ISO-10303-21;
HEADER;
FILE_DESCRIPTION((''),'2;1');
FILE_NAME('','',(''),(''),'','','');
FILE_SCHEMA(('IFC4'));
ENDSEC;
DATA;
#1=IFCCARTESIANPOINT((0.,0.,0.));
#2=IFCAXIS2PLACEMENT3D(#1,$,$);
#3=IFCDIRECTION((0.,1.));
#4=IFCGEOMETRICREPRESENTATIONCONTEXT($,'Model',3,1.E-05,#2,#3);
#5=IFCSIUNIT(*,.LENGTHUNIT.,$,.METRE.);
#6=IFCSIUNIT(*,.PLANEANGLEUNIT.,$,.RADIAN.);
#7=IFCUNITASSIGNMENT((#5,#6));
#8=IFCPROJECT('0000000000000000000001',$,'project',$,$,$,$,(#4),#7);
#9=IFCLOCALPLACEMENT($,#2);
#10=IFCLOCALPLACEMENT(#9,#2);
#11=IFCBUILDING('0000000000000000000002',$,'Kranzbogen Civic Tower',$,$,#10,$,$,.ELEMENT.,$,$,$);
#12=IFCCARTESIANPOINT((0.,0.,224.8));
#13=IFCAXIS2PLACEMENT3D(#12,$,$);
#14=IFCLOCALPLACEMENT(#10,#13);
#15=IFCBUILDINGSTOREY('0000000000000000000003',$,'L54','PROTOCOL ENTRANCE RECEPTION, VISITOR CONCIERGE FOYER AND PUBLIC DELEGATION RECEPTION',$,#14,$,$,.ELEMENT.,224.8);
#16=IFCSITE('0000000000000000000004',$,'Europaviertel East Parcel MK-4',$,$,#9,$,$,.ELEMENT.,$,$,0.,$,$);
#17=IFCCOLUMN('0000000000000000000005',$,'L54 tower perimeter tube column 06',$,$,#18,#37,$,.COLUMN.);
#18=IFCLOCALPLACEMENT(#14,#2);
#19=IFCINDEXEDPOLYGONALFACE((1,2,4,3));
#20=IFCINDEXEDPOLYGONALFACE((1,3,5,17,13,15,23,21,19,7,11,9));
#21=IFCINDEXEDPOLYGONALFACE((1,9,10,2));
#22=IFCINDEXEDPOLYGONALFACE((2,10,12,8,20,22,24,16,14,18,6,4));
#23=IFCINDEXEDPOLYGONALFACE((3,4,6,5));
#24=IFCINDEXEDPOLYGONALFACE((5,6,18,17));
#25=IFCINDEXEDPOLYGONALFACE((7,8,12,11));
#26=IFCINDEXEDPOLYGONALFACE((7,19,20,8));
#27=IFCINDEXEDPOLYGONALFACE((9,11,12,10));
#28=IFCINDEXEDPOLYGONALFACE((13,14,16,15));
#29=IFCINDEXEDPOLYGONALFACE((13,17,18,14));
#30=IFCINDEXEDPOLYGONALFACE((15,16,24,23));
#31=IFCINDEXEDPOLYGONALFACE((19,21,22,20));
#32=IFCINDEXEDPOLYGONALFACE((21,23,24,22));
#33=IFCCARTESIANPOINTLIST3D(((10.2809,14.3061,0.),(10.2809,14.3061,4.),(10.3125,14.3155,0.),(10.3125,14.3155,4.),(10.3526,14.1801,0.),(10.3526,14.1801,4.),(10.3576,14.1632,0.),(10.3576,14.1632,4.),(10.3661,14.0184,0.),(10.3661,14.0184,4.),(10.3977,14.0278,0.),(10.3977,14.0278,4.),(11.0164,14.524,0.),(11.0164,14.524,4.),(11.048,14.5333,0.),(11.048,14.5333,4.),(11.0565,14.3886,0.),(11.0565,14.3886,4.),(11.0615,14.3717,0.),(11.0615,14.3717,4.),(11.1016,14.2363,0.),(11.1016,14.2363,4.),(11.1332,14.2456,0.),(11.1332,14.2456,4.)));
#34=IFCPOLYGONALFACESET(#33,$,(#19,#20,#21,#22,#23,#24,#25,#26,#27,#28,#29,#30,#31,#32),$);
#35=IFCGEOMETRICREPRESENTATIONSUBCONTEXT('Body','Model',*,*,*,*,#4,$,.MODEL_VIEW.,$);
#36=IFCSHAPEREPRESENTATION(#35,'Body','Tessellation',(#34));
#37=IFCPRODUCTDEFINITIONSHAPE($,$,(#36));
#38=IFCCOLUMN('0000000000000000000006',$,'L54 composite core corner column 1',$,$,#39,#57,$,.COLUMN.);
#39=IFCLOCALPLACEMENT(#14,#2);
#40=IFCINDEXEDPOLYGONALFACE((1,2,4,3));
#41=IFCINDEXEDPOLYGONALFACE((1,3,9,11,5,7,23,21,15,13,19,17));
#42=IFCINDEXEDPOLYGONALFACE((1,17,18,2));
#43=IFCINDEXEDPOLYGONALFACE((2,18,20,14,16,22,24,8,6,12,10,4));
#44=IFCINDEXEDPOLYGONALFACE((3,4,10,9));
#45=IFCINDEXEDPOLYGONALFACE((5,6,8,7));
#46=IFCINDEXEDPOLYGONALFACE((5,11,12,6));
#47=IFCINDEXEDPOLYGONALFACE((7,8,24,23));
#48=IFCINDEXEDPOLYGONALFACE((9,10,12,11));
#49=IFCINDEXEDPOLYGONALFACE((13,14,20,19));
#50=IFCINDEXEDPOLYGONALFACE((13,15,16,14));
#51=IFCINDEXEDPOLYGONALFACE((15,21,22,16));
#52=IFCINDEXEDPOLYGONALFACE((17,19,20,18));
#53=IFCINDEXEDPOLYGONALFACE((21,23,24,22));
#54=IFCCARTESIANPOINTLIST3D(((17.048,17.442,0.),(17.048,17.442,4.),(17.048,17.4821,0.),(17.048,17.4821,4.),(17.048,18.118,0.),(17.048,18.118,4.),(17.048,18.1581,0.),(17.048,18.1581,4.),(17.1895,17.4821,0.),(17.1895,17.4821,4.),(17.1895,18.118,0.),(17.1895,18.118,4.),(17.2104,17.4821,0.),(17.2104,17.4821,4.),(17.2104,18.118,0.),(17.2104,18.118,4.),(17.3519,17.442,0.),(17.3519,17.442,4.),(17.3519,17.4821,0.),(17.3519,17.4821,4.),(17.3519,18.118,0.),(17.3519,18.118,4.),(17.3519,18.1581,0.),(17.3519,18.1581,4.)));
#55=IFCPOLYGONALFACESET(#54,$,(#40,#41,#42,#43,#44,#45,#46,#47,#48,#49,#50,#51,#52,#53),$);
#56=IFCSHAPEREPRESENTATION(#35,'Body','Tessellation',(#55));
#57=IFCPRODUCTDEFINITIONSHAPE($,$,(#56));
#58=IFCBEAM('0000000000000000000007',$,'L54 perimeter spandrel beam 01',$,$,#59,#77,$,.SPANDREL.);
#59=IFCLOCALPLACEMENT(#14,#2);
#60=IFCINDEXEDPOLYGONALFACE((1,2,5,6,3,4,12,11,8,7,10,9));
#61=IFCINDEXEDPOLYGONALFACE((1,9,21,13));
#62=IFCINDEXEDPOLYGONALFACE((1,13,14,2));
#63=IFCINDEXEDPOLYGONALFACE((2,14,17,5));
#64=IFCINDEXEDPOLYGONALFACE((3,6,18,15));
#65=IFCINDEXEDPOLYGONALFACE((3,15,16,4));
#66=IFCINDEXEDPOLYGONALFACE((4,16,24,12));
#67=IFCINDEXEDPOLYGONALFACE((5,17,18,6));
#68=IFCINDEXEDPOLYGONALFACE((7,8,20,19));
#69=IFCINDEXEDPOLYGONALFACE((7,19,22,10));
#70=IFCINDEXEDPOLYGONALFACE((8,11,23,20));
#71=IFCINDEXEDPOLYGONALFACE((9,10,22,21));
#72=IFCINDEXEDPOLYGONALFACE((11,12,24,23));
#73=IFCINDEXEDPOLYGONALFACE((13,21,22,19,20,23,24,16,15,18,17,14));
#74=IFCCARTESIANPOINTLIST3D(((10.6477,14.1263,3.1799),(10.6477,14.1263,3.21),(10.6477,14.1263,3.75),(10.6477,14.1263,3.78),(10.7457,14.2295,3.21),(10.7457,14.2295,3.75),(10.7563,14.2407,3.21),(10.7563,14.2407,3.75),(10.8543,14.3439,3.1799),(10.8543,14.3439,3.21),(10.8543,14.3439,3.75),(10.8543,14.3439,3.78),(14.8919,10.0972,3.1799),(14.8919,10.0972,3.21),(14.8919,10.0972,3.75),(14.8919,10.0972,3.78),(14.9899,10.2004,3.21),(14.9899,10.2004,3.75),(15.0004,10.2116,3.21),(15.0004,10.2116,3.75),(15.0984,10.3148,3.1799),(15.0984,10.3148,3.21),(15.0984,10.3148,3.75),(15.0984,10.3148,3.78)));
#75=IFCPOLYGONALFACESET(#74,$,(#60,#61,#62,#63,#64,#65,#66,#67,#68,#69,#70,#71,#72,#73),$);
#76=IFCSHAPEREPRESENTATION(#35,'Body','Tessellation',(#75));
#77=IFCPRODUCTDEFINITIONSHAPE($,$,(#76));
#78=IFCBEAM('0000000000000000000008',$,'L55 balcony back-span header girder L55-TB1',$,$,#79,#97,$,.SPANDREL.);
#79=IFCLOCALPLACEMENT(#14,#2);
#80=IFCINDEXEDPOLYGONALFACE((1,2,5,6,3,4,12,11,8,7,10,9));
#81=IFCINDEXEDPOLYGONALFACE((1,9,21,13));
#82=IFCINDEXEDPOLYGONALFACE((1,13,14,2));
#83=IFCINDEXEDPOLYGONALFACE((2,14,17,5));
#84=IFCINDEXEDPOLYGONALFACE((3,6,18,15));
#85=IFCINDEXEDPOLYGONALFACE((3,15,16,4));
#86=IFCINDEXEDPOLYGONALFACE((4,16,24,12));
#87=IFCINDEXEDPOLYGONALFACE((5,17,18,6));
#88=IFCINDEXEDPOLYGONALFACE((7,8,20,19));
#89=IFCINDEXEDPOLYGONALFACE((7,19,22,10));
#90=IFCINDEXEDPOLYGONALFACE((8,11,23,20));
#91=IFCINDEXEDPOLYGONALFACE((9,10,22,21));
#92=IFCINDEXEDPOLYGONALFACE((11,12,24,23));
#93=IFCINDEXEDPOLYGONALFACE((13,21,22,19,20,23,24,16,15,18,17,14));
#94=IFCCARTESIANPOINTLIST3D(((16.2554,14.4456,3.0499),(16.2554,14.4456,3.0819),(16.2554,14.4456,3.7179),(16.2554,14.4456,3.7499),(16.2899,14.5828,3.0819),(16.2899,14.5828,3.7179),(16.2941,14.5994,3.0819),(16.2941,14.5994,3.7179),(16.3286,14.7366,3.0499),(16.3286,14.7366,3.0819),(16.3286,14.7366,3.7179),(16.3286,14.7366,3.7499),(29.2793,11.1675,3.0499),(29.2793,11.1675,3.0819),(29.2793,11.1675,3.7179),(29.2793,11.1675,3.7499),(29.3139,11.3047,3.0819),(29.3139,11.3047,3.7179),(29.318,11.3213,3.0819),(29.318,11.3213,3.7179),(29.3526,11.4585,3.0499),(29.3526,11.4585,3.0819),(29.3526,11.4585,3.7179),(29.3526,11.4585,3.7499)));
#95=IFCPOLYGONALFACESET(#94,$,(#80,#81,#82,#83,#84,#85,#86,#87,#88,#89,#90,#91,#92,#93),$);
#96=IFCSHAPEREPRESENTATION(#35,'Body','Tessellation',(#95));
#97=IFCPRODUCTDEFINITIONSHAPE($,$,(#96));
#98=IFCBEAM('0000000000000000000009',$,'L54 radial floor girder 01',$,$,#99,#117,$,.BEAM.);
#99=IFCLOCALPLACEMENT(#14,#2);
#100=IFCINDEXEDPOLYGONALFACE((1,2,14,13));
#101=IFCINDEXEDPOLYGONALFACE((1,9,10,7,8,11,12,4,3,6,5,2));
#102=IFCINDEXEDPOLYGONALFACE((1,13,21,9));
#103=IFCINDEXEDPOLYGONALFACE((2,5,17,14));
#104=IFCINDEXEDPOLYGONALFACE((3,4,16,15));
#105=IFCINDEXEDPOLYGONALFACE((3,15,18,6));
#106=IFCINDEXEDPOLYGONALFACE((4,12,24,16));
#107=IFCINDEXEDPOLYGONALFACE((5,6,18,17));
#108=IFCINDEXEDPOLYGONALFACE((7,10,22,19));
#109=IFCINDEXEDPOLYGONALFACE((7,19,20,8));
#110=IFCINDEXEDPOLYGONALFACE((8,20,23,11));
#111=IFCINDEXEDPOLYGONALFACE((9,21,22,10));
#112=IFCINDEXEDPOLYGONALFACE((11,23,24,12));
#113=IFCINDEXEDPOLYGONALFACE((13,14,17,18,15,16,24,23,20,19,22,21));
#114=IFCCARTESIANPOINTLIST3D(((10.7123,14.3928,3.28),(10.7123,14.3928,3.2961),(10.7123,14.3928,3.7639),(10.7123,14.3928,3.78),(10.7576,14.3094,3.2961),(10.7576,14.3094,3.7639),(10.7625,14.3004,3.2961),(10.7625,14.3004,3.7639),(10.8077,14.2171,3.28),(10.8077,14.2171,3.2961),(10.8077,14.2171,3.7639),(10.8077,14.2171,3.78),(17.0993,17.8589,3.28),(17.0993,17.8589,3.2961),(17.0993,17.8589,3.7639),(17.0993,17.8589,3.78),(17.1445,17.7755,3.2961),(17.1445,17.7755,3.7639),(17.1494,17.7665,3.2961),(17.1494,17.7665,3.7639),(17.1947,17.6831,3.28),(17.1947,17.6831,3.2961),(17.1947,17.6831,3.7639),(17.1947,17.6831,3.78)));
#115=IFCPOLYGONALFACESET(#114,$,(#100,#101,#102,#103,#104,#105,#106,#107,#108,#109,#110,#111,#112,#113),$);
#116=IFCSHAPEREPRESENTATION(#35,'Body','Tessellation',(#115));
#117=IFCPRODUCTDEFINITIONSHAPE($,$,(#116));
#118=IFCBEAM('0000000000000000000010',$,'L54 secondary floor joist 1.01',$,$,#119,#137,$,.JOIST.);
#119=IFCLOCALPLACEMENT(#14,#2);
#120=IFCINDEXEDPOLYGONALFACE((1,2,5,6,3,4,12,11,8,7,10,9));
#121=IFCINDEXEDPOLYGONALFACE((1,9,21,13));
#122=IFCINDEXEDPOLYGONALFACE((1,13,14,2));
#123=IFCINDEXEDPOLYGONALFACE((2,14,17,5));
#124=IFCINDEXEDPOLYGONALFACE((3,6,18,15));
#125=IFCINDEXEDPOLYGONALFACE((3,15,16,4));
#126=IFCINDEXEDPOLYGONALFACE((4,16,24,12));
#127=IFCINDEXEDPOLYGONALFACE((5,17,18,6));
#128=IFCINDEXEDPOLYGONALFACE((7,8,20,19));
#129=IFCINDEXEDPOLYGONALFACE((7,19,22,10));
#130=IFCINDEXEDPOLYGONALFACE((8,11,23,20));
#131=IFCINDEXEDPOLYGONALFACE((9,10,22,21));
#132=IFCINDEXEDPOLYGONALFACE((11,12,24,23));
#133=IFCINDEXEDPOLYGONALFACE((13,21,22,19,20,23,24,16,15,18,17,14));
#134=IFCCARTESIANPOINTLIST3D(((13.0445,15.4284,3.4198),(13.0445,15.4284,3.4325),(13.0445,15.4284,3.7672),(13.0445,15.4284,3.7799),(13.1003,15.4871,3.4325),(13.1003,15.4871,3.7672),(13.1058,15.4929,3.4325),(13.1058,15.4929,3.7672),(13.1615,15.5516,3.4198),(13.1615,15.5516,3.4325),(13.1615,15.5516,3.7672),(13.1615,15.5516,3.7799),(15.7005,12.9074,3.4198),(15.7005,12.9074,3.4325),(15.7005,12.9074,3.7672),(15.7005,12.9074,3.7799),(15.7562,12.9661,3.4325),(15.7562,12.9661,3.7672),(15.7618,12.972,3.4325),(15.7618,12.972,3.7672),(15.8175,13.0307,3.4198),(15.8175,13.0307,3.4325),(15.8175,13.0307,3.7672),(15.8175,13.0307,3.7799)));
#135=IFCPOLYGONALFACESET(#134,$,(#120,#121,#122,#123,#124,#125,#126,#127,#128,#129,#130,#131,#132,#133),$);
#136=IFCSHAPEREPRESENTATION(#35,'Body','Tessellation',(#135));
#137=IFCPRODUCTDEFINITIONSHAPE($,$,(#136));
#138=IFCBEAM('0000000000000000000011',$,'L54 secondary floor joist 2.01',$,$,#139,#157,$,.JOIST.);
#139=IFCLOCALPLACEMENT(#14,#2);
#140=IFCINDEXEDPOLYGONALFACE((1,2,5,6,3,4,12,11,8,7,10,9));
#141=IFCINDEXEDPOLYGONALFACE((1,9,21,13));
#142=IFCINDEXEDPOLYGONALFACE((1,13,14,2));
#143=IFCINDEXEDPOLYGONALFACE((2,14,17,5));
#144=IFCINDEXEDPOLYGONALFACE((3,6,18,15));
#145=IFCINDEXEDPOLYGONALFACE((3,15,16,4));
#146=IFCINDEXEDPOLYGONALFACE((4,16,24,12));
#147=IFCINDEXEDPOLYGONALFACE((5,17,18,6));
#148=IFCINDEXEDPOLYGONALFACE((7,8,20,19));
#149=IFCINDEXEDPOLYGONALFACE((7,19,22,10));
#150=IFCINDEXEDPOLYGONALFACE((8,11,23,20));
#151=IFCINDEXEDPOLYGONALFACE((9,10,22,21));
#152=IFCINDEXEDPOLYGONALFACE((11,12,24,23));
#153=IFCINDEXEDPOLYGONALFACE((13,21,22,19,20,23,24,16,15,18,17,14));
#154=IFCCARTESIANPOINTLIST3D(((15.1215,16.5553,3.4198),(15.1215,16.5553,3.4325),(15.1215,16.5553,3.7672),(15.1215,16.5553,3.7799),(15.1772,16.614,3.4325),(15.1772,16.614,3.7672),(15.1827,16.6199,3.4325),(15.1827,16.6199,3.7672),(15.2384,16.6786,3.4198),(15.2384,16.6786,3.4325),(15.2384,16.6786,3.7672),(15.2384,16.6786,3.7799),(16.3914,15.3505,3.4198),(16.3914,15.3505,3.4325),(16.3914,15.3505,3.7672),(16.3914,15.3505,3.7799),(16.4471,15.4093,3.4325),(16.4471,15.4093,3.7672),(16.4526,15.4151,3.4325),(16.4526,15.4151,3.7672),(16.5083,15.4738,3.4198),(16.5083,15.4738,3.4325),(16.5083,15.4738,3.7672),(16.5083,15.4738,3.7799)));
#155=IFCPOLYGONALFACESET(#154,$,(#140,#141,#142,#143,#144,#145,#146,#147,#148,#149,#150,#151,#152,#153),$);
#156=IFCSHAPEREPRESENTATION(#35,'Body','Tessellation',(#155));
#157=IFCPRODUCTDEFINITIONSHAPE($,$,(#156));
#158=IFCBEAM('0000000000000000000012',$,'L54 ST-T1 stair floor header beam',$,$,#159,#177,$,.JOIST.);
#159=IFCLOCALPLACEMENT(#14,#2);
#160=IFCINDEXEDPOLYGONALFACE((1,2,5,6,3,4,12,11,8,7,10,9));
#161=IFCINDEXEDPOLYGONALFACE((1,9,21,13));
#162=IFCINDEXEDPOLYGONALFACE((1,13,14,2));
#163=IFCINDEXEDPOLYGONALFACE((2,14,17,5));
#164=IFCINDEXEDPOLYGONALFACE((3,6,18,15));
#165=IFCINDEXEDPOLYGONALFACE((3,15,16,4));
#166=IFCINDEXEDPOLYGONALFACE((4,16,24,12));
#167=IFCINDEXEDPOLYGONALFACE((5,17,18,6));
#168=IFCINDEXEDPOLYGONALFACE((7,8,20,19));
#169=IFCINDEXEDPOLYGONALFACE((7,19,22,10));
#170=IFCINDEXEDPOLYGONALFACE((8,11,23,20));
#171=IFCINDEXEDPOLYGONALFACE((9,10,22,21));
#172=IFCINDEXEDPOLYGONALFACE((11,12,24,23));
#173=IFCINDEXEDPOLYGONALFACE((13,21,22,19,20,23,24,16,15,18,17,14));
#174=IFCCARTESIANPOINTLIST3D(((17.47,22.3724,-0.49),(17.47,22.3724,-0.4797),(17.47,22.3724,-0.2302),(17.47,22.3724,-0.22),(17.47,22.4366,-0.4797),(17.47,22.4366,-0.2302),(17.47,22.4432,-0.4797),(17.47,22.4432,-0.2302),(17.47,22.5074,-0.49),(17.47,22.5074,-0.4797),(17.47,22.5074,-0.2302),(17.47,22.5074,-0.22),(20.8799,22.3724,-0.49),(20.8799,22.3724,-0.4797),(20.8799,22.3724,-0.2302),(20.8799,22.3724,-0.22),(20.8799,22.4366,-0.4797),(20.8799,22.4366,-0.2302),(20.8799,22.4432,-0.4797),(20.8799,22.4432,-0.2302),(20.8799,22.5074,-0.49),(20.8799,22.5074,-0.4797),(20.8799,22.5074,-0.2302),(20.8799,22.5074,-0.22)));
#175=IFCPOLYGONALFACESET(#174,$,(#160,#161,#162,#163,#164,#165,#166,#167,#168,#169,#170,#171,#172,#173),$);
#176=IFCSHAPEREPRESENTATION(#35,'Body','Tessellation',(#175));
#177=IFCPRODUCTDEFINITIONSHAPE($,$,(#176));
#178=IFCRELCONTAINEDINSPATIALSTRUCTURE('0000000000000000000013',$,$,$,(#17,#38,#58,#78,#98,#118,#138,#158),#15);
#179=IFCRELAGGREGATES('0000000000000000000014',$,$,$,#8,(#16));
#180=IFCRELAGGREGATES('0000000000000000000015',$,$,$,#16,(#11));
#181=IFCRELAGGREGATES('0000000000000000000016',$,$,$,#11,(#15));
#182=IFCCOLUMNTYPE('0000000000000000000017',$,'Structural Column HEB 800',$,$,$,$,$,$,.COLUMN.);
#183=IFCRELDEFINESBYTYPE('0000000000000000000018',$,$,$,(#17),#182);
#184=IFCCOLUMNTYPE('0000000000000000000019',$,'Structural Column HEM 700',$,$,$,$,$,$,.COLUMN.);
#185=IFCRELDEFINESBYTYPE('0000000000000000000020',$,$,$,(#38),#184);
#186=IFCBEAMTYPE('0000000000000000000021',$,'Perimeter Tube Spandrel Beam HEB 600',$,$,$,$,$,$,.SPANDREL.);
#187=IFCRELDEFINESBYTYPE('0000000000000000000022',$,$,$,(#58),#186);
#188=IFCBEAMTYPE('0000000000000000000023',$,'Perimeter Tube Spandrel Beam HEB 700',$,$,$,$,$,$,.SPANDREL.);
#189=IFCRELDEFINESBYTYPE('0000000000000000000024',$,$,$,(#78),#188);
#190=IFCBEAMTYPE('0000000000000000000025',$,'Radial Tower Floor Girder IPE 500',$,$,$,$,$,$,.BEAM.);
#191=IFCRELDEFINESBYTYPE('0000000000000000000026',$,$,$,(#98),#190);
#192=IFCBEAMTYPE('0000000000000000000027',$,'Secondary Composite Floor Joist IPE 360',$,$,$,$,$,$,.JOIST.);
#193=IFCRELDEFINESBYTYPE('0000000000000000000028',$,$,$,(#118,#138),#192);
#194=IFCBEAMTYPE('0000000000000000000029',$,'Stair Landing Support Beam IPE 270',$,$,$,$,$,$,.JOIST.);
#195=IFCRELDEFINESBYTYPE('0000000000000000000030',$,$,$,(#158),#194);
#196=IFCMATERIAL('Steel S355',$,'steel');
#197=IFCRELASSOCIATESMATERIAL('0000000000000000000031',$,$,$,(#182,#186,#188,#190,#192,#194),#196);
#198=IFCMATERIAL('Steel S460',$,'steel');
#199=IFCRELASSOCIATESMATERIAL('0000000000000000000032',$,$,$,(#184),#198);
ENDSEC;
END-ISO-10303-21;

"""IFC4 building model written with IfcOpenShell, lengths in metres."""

from ifc_helpers import new_model, si_unit, direction, frame, origin, origin_2d, place, context, subcontext, project, spatial, i_section, extrude, material, material_profile, profile_set, type_object, element, save


model = new_model("IFC4")

# Units and contexts
model_context = context("Model", 3, precision=1e-05, world=origin(), true_north=direction((0.0, 1.0)))
body_context = subcontext(model_context, "Body", "Model", "MODEL_VIEW")
ifc_project = project(units=[si_unit("LENGTHUNIT", "METRE"), si_unit("PLANEANGLEUNIT", "RADIAN")], contexts=[model_context])

# Site, building, storey
site_placement = place(None, origin())
site = spatial("IfcSite", under=ifc_project, at=site_placement, Name="Europaviertel East Parcel MK-4", CompositionType="ELEMENT", RefElevation=0.0)
building_placement = place(site_placement, origin())
building = spatial("IfcBuilding", under=site, at=building_placement, Name="Kranzbogen Civic Tower", CompositionType="ELEMENT")
storey_placement = place(building_placement, frame((0.0, 0.0, 224.8)))
storey = spatial("IfcBuildingStorey", under=building, at=storey_placement, Name="L54", Description="PROTOCOL ENTRANCE RECEPTION, VISITOR CONCIERGE FOYER AND PUBLIC DELEGATION RECEPTION", CompositionType="ELEMENT", Elevation=224.8)

# Columns
ifc_material_1 = material(Name="Steel S355", Category="steel")
ifc_material_profile_1 = material_profile(ifc_material_1, i_section(OverallWidth=0.3, OverallDepth=0.8, WebThickness=0.0176, FlangeThickness=0.033, at=origin_2d()), Name="HEB 800")
ifc_profile_set_1 = profile_set([ifc_material_profile_1], Name="Steel S355")
column_type_1 = type_object("IfcColumnType", Name="Structural Column HEB 800", PredefinedType="COLUMN", material=ifc_profile_set_1)
column_1_placement = place(storey_placement, frame((10.707, 14.2759, 0.0), z_axis=(0.0, 0.0, 1.0), x_axis=(-0.284015, 0.95882, 0.0)))
element("IfcColumn", 1, at=column_1_placement, inside=storey, type_object=column_type_1, Name="L54 tower perimeter tube column 06", PredefinedType="COLUMN", context=body_context, shape_type="SweptSolid", body=[
    extrude(i_section(OverallWidth=0.3, OverallDepth=0.8, WebThickness=0.0176, FlangeThickness=0.033, at=origin_2d()), origin(), (0.0, 0.0, 1.0), 4.0),
])
ifc_material_2 = material(Name="Steel S460", Category="steel")
ifc_material_profile_2 = material_profile(ifc_material_2, i_section(OverallWidth=0.304, OverallDepth=0.7161, WebThickness=0.021, FlangeThickness=0.04, at=origin_2d()), Name="HEM 700")
ifc_profile_set_2 = profile_set([ifc_material_profile_2], Name="Steel S460")
column_type_2 = type_object("IfcColumnType", Name="Structural Column HEM 700", PredefinedType="COLUMN", material=ifc_profile_set_2)
column_2_placement = place(storey_placement, frame((17.2, 17.8, 0.0), z_axis=(0.0, 0.0, 1.0), x_axis=(1.0, 0.0, 0.0)))
element("IfcColumn", 2, at=column_2_placement, inside=storey, type_object=column_type_2, Name="L54 composite core corner column 1", PredefinedType="COLUMN", context=body_context, shape_type="SweptSolid", body=[
    extrude(i_section(OverallWidth=0.304, OverallDepth=0.7161, WebThickness=0.021, FlangeThickness=0.04, at=origin_2d()), origin(), (0.0, 0.0, 1.0), 4.0),
])

# Beams
ifc_material_profile_3 = material_profile(ifc_material_1, i_section(OverallWidth=0.3, OverallDepth=0.6001, WebThickness=0.0154, FlangeThickness=0.03, at=origin_2d()), Name="HEB 600")
ifc_profile_set_3 = profile_set([ifc_material_profile_3], Name="Steel S355")
beam_type_1 = type_object("IfcBeamType", Name="Perimeter Tube Spandrel Beam HEB 600", PredefinedType="SPANDREL", material=ifc_profile_set_3)
beam_1_placement = place(storey_placement, frame((10.751, 14.2351, 3.48), z_axis=(0.725245, -0.688491, 0.0), x_axis=(0.688491, 0.725245, 0.0)))
element("IfcBeam", 3, at=beam_1_placement, inside=storey, type_object=beam_type_1, Name="L54 perimeter spandrel beam 01", PredefinedType="SPANDREL", context=body_context, shape_type="SweptSolid", body=[
    extrude(i_section(OverallWidth=0.3, OverallDepth=0.6001, WebThickness=0.0154, FlangeThickness=0.03, at=origin_2d()), origin(), (0.0, 0.0, 1.0), 5.8521),
])
ifc_material_profile_4 = material_profile(ifc_material_1, i_section(OverallWidth=0.3, OverallDepth=0.7, WebThickness=0.0171, FlangeThickness=0.032, at=origin_2d()), Name="HEB 700")
ifc_profile_set_4 = profile_set([ifc_material_profile_4], Name="Steel S355")
beam_type_2 = type_object("IfcBeamType", Name="Perimeter Tube Spandrel Beam HEB 700", PredefinedType="SPANDREL", material=ifc_profile_set_4)
beam_2_placement = place(storey_placement, frame((16.292, 14.5911, 3.3999), z_axis=(0.969754, -0.244084, 0.0), x_axis=(0.244084, 0.969754, 0.0)))
element("IfcBeam", 4, at=beam_2_placement, inside=storey, type_object=beam_type_2, Name="L55 balcony back-span header girder L55-TB1", PredefinedType="SPANDREL", context=body_context, shape_type="SweptSolid", body=[
    extrude(i_section(OverallWidth=0.3, OverallDepth=0.7, WebThickness=0.0171, FlangeThickness=0.032, at=origin_2d()), origin(), (0.0, 0.0, 1.0), 13.4302),
])
ifc_material_profile_5 = material_profile(ifc_material_1, i_section(OverallWidth=0.2, OverallDepth=0.5, WebThickness=0.0103, FlangeThickness=0.0161, at=origin_2d()), Name="IPE 500")
ifc_profile_set_5 = profile_set([ifc_material_profile_5], Name="Steel S355")
beam_type_3 = type_object("IfcBeamType", Name="Radial Tower Floor Girder IPE 500", PredefinedType="BEAM", material=ifc_profile_set_5)
beam_3_placement = place(storey_placement, frame((10.76, 14.3049, 3.53), z_axis=(0.878919, 0.47697, 0.0), x_axis=(-0.47697, 0.878919, 0.0)))
element("IfcBeam", 5, at=beam_3_placement, inside=storey, type_object=beam_type_3, Name="L54 radial floor girder 01", PredefinedType="BEAM", context=body_context, shape_type="SweptSolid", body=[
    extrude(i_section(OverallWidth=0.2, OverallDepth=0.5, WebThickness=0.0103, FlangeThickness=0.0161, at=origin_2d()), origin(), (0.0, 0.0, 1.0), 7.2668),
])
ifc_material_profile_6 = material_profile(ifc_material_1, i_section(OverallWidth=0.1699, OverallDepth=0.3601, WebThickness=0.0081, FlangeThickness=0.0127, at=origin_2d()), Name="IPE 360")
ifc_profile_set_6 = profile_set([ifc_material_profile_6], Name="Steel S355")
beam_type_4 = type_object("IfcBeamType", Name="Secondary Composite Floor Joist IPE 360", PredefinedType="JOIST", material=ifc_profile_set_6)
beam_4_placement = place(storey_placement, frame((13.103, 15.49, 3.5999), z_axis=(0.725301, -0.688432, 0.0), x_axis=(0.688432, 0.725301, 0.0)))
element("IfcBeam", 6, at=beam_4_placement, inside=storey, type_object=beam_type_4, Name="L54 secondary floor joist 1.01", PredefinedType="JOIST", context=body_context, shape_type="SweptSolid", body=[
    extrude(i_section(OverallWidth=0.1699, OverallDepth=0.3601, WebThickness=0.0081, FlangeThickness=0.0127, at=origin_2d()), origin(), (0.0, 0.0, 1.0), 3.6619),
])
beam_5_placement = place(storey_placement, frame((15.1799, 16.6169, 3.5999), z_axis=(0.72548, -0.688243, 0.0), x_axis=(0.688243, 0.72548, 0.0)))
element("IfcBeam", 7, at=beam_5_placement, inside=storey, type_object=beam_type_4, Name="L54 secondary floor joist 2.01", PredefinedType="JOIST", context=body_context, shape_type="SweptSolid", body=[
    extrude(i_section(OverallWidth=0.1699, OverallDepth=0.3601, WebThickness=0.0081, FlangeThickness=0.0127, at=origin_2d()), origin(), (0.0, 0.0, 1.0), 1.7505),
])
ifc_material_profile_7 = material_profile(ifc_material_1, i_section(OverallWidth=0.135, OverallDepth=0.27, WebThickness=0.0066, FlangeThickness=0.0103, at=origin_2d()), Name="IPE 270")
ifc_profile_set_7 = profile_set([ifc_material_profile_7], Name="Steel S355")
beam_type_5 = type_object("IfcBeamType", Name="Stair Landing Support Beam IPE 270", PredefinedType="JOIST", material=ifc_profile_set_7)
beam_6_placement = place(storey_placement, frame((20.8799, 22.4399, -0.355), z_axis=(-1.0, 0.0, 0.0), x_axis=(0.0, -1.0, 0.0)))
element("IfcBeam", 8, at=beam_6_placement, inside=storey, type_object=beam_type_5, Name="L54 ST-T1 stair floor header beam", PredefinedType="JOIST", context=body_context, shape_type="SweptSolid", body=[
    extrude(i_section(OverallWidth=0.135, OverallDepth=0.27, WebThickness=0.0066, FlangeThickness=0.0103, at=origin_2d()), origin(), (0.0, 0.0, 1.0), 3.4099),
])

save(model, "model.ifc")
